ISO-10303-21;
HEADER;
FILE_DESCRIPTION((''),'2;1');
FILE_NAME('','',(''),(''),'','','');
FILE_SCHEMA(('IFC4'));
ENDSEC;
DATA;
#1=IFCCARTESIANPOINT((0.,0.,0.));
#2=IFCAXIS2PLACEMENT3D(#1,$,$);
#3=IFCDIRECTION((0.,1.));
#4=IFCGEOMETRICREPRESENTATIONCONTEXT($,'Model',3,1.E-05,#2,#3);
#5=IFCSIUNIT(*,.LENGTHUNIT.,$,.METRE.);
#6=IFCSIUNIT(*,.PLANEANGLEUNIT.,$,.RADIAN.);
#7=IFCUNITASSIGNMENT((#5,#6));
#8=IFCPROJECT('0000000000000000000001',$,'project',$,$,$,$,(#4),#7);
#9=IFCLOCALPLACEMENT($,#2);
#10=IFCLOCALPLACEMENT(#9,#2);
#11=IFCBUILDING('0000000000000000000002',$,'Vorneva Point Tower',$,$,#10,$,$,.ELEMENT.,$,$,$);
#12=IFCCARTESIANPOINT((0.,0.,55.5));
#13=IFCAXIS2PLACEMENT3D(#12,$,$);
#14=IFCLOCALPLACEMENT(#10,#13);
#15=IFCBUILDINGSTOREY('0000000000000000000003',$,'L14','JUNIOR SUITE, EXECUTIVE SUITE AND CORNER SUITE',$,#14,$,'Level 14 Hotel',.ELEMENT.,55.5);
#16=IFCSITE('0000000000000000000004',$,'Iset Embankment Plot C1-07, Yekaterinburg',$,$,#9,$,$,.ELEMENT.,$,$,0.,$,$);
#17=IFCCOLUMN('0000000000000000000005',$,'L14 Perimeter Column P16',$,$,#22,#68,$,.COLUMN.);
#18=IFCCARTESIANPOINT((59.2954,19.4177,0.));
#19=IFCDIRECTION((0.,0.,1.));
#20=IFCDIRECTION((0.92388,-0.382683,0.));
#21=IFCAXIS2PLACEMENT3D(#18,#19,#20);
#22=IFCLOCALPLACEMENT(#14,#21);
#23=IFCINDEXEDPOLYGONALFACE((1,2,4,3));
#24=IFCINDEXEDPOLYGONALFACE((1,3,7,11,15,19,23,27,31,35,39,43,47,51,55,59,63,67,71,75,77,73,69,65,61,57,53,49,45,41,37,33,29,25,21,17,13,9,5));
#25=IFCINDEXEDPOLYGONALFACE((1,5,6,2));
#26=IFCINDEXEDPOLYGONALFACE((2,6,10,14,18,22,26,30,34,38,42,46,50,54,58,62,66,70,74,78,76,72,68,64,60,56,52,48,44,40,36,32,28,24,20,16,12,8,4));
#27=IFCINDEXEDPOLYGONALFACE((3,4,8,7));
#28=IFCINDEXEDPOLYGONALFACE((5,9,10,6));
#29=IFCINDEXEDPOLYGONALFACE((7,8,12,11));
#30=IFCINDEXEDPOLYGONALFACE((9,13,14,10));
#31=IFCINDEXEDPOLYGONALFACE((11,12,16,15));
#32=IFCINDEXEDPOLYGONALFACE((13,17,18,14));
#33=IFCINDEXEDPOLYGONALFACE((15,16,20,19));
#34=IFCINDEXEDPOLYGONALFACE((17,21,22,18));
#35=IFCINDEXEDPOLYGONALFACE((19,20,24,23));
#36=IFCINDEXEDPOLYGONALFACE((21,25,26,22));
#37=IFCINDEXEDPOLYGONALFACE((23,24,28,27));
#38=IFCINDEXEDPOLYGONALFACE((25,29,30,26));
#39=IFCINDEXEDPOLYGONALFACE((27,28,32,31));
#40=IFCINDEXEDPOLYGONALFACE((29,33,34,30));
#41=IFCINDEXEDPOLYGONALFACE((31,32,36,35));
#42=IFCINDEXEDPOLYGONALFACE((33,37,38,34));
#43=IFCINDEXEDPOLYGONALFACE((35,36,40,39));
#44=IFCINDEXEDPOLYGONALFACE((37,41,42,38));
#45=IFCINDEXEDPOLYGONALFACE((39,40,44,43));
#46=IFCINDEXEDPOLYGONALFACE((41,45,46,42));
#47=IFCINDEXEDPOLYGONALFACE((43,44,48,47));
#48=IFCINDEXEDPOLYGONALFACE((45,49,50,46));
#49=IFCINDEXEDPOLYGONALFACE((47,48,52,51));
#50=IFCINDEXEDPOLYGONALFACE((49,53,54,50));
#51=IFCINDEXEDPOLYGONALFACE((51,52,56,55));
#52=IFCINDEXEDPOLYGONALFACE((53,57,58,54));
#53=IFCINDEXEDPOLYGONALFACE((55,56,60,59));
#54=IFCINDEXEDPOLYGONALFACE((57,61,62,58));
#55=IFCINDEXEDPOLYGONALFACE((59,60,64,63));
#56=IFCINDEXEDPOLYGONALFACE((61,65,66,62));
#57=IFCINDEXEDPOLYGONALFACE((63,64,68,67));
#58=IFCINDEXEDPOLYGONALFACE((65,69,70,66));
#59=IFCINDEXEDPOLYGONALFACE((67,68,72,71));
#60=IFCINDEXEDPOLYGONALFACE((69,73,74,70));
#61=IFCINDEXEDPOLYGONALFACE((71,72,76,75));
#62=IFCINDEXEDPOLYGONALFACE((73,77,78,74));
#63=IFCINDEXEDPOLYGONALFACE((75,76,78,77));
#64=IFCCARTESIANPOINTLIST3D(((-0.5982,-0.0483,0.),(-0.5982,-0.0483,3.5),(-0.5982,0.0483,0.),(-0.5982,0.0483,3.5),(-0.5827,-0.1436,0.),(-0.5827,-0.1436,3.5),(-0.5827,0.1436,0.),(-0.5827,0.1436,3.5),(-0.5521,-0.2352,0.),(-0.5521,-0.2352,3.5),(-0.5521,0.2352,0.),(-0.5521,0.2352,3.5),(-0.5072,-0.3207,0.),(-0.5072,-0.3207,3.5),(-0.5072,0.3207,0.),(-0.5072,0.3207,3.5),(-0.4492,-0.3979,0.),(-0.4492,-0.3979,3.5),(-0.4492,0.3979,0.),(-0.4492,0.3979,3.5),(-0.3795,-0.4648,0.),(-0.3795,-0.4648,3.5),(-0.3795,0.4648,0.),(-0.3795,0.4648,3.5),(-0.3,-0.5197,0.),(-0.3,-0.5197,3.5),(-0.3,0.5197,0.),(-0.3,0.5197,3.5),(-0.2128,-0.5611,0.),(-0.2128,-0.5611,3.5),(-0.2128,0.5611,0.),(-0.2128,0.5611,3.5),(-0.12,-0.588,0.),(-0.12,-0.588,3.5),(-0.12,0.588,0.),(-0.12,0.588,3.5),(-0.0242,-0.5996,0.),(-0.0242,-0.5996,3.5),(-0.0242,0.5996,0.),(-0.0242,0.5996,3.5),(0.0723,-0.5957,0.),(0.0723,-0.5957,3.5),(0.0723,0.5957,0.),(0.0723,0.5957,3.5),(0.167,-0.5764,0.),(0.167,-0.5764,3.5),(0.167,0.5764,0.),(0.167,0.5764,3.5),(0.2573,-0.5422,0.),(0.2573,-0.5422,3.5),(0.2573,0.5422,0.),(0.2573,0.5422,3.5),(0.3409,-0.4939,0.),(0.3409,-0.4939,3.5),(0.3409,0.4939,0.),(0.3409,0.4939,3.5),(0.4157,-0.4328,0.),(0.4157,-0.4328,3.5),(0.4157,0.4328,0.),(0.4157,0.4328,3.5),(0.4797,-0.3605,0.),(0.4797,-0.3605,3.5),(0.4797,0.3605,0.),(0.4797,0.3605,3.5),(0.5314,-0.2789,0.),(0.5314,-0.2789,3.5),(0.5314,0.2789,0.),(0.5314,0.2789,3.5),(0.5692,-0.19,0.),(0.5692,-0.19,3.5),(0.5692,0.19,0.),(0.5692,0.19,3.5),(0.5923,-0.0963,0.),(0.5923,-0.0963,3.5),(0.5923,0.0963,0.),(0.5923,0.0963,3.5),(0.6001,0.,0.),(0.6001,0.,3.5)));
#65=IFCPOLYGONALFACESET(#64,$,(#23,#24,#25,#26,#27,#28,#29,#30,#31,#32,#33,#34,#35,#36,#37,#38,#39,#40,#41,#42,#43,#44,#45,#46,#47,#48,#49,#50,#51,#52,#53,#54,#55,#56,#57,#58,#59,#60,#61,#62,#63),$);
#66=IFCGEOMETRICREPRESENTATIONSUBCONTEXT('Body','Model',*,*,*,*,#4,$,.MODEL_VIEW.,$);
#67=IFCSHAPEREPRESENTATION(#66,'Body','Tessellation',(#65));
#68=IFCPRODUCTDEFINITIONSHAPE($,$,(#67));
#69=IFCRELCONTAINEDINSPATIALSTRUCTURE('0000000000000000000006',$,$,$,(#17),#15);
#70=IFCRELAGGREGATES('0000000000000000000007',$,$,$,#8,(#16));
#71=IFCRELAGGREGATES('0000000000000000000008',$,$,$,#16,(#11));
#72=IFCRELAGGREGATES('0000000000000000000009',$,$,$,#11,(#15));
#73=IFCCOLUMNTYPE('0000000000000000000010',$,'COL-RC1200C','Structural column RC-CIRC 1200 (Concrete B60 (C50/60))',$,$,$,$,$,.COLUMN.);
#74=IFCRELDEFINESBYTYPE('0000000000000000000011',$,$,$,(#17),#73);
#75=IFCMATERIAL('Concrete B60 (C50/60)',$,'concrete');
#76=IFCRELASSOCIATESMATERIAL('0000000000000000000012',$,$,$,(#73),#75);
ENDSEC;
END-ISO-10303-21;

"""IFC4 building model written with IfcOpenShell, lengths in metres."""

from ifc_helpers import new_model, si_unit, direction, frame, origin, origin_2d, place, context, subcontext, project, spatial, circle, extrude, material, material_profile, profile_set, type_object, element, save


model = new_model("IFC4")

# Units and contexts
model_context = context("Model", 3, precision=1e-05, world=origin(), true_north=direction((0.0, 1.0)))
body_context = subcontext(model_context, "Body", "Model", "MODEL_VIEW")
ifc_project = project(units=[si_unit("LENGTHUNIT", "METRE"), si_unit("PLANEANGLEUNIT", "RADIAN")], contexts=[model_context])

# Site, building, storey
site_placement = place(None, origin())
site = spatial("IfcSite", under=ifc_project, at=site_placement, Name="Iset Embankment Plot C1-07, Yekaterinburg", CompositionType="ELEMENT", RefElevation=0.0)
building_placement = place(site_placement, origin())
building = spatial("IfcBuilding", under=site, at=building_placement, Name="Vorneva Point Tower", CompositionType="ELEMENT")
storey_placement = place(building_placement, frame((0.0, 0.0, 55.5)))
storey = spatial("IfcBuildingStorey", under=building, at=storey_placement, Name="L14", Description="JUNIOR SUITE, EXECUTIVE SUITE AND CORNER SUITE", LongName="Level 14 Hotel", CompositionType="ELEMENT", Elevation=55.5)

# Column
ifc_material_1 = material(Name="Concrete B60 (C50/60)", Category="concrete")
ifc_material_profile_1 = material_profile(ifc_material_1, circle(Radius=0.6001, at=origin_2d()), Name="RC-CIRC 1200")
ifc_profile_set_1 = profile_set([ifc_material_profile_1], Name="Concrete B60 (C50/60)")
column_type = type_object("IfcColumnType", Name="COL-RC1200C", Description="Structural column RC-CIRC 1200 (Concrete B60 (C50/60))", PredefinedType="COLUMN", material=ifc_profile_set_1)
for number, where, z_axis, x_axis, name in (
    (1, (59.2954, 19.4177, 0.0), (0.0, 0.0, 1.0), (0.92388, -0.382683, 0.0), "L14 Perimeter Column P16"),
):
    element("IfcColumn", number, at=place(storey_placement, frame(where, z_axis=z_axis, x_axis=x_axis)), inside=storey, type_object=column_type, Name=name, PredefinedType="COLUMN", context=body_context, shape_type="SweptSolid", body=[
        extrude(circle(Radius=0.6001, at=origin_2d()), origin(), (0.0, 0.0, 1.0), 3.5),
    ])

save(model, "model.ifc")
